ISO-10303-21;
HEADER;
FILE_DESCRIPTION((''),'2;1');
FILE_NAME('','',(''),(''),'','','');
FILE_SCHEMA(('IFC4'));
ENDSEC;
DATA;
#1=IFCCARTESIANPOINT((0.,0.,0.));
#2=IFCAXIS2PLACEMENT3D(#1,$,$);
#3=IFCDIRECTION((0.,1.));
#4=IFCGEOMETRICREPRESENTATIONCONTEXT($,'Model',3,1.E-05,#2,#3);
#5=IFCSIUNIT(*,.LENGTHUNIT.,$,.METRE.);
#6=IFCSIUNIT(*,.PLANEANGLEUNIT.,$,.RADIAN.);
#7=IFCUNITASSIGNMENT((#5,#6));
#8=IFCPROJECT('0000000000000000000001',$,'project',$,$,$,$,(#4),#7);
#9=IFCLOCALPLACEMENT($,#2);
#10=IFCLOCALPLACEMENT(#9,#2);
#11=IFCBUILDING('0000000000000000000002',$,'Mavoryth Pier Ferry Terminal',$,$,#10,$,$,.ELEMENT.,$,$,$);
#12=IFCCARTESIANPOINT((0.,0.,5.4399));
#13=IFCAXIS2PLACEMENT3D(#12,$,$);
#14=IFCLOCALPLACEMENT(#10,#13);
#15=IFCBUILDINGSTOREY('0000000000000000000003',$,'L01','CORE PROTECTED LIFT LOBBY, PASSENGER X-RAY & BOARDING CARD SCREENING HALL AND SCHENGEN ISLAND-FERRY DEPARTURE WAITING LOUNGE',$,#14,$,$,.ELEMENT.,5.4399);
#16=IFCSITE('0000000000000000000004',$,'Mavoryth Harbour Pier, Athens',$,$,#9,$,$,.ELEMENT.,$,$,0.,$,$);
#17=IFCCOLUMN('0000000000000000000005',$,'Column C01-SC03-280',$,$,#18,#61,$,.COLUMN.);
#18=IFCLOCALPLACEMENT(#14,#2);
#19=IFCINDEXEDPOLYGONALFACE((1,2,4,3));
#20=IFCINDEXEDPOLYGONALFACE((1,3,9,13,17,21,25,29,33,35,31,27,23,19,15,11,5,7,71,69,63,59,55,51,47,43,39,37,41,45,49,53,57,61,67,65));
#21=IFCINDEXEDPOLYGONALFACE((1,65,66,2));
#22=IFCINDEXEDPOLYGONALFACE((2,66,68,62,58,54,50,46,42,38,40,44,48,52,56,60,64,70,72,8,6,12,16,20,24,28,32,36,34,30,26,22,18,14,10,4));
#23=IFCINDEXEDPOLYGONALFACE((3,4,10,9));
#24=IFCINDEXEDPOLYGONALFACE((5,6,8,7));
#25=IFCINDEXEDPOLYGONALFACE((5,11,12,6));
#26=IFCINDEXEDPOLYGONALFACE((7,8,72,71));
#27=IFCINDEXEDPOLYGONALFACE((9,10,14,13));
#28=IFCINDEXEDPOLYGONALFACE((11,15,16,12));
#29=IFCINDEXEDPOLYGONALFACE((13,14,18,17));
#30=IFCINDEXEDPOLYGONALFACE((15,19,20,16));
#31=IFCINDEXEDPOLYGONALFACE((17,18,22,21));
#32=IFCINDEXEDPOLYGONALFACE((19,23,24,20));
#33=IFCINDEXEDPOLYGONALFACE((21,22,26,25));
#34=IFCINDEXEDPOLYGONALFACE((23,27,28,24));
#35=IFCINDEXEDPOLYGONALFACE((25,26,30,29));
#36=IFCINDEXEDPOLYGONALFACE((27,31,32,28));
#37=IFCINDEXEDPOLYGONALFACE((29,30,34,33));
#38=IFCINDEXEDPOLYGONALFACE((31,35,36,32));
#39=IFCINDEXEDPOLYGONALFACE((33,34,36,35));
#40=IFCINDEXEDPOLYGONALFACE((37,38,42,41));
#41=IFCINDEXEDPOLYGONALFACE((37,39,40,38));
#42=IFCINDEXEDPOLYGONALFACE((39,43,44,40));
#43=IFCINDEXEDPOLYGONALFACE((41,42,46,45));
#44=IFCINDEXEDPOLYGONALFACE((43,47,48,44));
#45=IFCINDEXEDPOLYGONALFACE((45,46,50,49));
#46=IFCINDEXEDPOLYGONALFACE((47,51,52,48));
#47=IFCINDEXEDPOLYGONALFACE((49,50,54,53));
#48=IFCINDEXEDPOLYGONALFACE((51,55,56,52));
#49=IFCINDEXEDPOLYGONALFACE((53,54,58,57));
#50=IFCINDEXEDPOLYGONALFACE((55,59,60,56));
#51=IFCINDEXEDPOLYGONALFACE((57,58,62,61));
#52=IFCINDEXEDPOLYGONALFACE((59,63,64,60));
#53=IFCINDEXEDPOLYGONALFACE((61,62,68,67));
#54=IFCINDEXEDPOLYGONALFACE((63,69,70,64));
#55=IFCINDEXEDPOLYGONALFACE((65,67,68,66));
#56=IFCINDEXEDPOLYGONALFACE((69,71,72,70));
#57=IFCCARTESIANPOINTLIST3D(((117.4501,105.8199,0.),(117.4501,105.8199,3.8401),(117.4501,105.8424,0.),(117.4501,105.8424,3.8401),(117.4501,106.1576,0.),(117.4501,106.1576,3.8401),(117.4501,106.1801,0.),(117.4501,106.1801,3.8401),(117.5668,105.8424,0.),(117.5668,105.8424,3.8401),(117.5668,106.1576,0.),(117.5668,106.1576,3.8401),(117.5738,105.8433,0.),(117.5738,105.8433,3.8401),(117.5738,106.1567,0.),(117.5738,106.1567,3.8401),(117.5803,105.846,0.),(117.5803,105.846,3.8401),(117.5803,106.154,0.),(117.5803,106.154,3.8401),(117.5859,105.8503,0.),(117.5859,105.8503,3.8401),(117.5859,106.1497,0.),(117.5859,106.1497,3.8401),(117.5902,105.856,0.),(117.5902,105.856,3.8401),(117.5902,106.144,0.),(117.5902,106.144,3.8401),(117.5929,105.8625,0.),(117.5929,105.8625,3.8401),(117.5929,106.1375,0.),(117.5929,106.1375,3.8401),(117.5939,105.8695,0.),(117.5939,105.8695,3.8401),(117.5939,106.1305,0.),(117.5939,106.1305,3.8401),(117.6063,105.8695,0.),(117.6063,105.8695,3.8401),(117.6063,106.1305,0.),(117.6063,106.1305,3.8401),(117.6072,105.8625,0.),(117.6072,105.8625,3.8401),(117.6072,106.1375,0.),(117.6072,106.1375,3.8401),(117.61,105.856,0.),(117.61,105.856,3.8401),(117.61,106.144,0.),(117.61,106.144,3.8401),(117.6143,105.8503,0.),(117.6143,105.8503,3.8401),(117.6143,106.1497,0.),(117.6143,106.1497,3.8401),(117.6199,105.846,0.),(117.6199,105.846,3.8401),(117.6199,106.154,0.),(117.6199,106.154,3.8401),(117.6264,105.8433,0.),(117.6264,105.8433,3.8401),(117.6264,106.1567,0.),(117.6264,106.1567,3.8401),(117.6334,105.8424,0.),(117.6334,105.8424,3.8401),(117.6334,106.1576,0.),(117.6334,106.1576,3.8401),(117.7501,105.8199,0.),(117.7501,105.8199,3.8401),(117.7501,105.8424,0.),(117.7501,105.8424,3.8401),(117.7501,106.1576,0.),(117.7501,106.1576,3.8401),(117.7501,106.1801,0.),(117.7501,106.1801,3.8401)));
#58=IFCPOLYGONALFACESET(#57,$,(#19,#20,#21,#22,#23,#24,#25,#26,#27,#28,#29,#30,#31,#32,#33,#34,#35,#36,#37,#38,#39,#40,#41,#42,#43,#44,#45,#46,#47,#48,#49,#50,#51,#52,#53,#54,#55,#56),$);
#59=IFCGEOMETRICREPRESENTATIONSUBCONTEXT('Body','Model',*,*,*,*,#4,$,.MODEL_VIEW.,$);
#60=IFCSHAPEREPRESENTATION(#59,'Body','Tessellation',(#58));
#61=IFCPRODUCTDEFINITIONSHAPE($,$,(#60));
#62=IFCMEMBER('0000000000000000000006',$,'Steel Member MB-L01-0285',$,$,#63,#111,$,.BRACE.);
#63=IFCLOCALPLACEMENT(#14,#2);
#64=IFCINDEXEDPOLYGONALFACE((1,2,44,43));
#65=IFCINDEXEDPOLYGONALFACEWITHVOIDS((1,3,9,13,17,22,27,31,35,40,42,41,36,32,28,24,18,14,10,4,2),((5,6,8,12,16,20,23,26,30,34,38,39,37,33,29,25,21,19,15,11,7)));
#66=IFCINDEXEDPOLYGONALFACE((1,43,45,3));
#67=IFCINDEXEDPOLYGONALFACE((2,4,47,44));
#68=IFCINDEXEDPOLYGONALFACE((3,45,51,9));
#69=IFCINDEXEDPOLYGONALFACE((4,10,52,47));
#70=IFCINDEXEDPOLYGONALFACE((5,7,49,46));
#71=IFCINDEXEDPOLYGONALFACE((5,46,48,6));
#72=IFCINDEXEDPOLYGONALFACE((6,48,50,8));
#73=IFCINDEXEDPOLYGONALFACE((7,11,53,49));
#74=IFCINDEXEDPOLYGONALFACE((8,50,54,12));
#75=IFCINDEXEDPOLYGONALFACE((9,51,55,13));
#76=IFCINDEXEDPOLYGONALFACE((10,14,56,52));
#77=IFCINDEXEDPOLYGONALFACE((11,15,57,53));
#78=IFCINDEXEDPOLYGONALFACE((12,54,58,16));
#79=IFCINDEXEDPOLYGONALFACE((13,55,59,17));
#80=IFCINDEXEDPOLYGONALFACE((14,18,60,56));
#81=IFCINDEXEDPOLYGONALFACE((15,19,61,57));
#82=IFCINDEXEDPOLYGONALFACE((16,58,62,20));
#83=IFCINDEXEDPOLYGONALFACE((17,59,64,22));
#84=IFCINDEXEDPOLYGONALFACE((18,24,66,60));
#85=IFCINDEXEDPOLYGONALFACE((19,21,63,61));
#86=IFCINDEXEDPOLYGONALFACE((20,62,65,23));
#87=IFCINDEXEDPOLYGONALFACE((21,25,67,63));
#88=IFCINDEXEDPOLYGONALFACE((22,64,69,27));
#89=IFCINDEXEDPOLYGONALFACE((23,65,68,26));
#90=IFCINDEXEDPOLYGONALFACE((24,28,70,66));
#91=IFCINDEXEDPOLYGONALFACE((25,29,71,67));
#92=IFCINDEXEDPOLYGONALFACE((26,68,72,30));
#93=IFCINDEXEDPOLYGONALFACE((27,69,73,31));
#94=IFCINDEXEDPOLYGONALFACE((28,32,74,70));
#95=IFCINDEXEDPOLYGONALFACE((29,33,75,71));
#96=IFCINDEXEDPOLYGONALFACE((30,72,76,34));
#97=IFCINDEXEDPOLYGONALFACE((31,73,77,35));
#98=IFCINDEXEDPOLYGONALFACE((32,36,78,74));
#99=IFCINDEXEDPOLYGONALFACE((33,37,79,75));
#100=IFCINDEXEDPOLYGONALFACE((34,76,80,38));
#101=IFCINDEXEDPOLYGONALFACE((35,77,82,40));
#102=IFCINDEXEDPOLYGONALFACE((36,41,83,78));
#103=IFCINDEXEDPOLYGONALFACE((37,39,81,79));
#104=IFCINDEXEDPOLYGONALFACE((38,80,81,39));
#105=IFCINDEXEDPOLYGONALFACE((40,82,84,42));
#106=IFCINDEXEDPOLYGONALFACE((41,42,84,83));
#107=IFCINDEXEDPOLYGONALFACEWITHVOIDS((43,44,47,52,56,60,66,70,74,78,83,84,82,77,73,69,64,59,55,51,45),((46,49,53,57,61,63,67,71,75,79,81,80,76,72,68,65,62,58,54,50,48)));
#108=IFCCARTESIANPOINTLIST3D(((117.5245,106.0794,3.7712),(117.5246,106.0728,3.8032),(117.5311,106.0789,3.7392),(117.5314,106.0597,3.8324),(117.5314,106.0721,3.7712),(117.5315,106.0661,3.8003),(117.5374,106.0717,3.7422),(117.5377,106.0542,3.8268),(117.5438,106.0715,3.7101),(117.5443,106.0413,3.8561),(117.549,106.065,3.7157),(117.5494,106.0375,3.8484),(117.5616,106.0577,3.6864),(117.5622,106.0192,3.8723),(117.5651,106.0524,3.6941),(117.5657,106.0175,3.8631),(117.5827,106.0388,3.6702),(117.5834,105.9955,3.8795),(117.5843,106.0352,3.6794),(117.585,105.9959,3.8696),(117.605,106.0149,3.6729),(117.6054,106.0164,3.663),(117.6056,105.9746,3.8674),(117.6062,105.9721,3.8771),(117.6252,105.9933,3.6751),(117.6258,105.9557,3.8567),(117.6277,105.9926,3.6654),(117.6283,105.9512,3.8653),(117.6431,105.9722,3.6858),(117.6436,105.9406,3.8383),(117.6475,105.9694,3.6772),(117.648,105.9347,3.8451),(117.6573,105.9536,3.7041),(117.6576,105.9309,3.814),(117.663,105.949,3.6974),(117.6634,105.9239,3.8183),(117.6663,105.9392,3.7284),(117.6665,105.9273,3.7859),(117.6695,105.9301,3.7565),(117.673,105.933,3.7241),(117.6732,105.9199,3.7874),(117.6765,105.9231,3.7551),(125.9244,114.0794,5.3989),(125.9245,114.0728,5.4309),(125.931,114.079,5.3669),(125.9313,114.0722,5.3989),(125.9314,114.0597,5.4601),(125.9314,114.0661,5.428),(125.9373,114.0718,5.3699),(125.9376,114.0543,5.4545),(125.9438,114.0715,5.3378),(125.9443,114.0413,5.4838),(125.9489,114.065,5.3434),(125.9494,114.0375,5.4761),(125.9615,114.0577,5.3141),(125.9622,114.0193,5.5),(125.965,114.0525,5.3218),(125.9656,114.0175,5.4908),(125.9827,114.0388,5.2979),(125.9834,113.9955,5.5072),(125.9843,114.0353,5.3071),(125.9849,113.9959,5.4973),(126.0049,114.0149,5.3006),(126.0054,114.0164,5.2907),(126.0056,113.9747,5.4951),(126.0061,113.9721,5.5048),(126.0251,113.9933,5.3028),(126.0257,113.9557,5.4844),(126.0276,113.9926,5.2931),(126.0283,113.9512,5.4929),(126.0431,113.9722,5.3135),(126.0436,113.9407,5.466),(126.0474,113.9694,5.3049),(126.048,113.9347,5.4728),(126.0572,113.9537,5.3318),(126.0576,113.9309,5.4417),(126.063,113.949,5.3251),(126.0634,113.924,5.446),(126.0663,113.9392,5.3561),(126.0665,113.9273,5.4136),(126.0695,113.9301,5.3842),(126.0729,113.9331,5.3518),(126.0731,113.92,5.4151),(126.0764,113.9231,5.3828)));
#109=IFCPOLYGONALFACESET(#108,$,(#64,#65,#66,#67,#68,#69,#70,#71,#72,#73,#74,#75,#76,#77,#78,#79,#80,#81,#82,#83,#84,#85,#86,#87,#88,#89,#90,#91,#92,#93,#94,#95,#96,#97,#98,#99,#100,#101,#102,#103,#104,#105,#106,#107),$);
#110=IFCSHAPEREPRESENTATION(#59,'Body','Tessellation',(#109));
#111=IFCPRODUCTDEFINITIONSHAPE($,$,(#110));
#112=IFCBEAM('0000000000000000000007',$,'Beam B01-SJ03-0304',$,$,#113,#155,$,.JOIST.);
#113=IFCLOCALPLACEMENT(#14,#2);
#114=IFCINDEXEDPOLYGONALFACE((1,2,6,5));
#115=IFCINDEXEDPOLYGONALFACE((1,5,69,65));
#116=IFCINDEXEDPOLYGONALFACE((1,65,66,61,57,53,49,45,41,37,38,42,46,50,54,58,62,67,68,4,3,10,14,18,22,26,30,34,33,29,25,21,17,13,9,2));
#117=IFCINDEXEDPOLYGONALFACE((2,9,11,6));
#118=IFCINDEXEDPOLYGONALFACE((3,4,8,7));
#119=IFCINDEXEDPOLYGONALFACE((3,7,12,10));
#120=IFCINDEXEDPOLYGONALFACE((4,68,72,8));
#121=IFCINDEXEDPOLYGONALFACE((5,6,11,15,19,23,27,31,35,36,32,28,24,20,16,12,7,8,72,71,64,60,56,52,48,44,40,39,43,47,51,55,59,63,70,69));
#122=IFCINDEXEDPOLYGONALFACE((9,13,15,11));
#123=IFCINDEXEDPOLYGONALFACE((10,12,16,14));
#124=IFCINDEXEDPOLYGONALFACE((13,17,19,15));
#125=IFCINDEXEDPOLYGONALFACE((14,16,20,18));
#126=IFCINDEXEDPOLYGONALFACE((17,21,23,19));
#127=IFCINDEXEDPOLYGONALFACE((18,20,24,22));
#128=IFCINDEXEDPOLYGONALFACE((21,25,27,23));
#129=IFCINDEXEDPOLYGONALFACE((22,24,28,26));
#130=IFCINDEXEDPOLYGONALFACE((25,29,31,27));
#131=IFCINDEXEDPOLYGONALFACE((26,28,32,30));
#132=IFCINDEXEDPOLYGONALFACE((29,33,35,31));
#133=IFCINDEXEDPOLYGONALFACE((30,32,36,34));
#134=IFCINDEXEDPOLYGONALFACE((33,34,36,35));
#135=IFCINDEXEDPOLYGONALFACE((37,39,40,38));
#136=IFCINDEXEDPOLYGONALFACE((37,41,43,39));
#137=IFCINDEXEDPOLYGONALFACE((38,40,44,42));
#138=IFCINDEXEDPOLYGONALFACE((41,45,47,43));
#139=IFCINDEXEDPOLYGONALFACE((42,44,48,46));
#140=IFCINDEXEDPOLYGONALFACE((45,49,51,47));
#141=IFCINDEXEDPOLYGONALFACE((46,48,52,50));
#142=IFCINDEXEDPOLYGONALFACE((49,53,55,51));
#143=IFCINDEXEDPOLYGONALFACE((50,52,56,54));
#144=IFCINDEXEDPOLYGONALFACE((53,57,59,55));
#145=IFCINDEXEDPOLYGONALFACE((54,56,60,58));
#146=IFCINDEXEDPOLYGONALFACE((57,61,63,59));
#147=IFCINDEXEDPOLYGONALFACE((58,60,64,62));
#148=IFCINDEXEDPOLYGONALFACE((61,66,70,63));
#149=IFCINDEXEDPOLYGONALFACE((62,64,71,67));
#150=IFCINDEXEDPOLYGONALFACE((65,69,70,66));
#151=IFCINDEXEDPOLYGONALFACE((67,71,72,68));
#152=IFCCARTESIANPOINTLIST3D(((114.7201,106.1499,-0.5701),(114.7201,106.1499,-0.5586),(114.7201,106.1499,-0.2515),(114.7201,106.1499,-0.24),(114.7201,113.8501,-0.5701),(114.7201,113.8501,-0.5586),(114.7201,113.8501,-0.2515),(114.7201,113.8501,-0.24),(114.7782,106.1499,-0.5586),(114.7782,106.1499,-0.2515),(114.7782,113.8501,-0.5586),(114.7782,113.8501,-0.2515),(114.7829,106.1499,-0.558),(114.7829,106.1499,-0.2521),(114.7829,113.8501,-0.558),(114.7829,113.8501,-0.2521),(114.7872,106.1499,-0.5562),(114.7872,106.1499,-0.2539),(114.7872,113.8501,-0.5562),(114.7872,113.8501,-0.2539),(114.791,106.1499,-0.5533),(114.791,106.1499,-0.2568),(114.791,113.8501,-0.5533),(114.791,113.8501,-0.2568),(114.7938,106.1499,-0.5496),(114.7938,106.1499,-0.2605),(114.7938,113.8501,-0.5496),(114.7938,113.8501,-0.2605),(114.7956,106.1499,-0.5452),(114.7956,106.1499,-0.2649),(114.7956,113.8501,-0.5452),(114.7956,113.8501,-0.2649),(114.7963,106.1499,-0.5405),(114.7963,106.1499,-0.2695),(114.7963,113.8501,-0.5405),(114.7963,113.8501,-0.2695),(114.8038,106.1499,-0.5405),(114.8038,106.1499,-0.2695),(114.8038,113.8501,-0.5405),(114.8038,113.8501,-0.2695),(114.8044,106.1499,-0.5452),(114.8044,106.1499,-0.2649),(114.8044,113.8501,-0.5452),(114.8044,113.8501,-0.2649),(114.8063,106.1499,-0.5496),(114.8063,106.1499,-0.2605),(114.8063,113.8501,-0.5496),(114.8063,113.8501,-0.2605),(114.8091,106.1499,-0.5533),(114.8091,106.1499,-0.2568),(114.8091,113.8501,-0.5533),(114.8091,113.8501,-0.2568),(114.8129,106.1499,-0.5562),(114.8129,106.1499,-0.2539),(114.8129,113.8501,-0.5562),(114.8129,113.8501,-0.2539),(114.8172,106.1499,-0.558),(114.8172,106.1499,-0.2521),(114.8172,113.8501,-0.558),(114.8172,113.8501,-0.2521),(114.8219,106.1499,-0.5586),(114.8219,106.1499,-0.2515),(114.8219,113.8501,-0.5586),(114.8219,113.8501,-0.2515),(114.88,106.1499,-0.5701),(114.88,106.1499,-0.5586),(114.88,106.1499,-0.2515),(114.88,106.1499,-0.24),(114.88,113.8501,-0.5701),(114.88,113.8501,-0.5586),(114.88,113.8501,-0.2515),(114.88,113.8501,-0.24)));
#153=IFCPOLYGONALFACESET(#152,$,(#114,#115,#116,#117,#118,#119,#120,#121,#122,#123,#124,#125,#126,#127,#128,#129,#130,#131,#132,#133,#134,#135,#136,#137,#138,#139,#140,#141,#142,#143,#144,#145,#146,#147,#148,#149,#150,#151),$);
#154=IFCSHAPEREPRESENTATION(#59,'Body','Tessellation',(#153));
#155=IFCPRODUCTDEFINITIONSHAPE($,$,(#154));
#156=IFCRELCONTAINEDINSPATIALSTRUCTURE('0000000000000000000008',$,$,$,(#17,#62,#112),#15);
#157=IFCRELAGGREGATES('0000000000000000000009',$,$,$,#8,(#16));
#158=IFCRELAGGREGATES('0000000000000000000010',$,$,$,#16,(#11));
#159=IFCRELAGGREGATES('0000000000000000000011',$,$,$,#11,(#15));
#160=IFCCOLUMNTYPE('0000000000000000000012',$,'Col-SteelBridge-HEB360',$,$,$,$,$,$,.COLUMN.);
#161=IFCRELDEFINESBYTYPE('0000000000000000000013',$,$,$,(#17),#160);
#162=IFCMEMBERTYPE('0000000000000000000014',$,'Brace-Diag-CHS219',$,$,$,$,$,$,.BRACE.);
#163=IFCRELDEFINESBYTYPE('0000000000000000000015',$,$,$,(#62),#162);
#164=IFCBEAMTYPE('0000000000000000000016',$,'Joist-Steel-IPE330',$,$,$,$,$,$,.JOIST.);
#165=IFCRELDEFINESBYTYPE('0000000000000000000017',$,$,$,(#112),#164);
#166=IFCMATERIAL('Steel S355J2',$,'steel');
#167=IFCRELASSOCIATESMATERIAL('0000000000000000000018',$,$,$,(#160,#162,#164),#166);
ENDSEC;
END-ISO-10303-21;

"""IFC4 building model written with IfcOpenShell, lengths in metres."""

from ifc_helpers import new_model, si_unit, direction, frame, origin, origin_2d, place, context, subcontext, project, spatial, hollow_circle, i_section, extrude, material, material_profile, profile_set, type_object, element, save


model = new_model("IFC4")

# Units and contexts
model_context = context("Model", 3, precision=1e-05, world=origin(), true_north=direction((0.0, 1.0)))
body_context = subcontext(model_context, "Body", "Model", "MODEL_VIEW")
ifc_project = project(units=[si_unit("LENGTHUNIT", "METRE"), si_unit("PLANEANGLEUNIT", "RADIAN")], contexts=[model_context])

# Site, building, storey
site_placement = place(None, origin())
site = spatial("IfcSite", under=ifc_project, at=site_placement, Name="Mavoryth Harbour Pier, Athens", CompositionType="ELEMENT", RefElevation=0.0)
building_placement = place(site_placement, origin())
building = spatial("IfcBuilding", under=site, at=building_placement, Name="Mavoryth Pier Ferry Terminal", CompositionType="ELEMENT")
storey_placement = place(building_placement, frame((0.0, 0.0, 5.4399)))
storey = spatial("IfcBuildingStorey", under=building, at=storey_placement, Name="L01", Description="CORE PROTECTED LIFT LOBBY, PASSENGER X-RAY & BOARDING CARD SCREENING HALL AND SCHENGEN ISLAND-FERRY DEPARTURE WAITING LOUNGE", CompositionType="ELEMENT", Elevation=5.4399)

# Column
ifc_material_1 = material(Name="Steel S355J2", Category="steel")
ifc_material_profile_1 = material_profile(ifc_material_1, i_section(OverallWidth=0.3, OverallDepth=0.3601, WebThickness=0.0125, FlangeThickness=0.0225, FilletRadius=0.0271, at=origin_2d()), Name="HEB 360", Category="steel")
ifc_profile_set_1 = profile_set([ifc_material_profile_1], Name="Steel S355J2 - HEB 360")
column_type = type_object("IfcColumnType", Name="Col-SteelBridge-HEB360", PredefinedType="COLUMN", material=ifc_profile_set_1)
column_placement = place(storey_placement, frame((117.6001, 106.0, 0.0), z_axis=(0.0, 0.0, 1.0), x_axis=(1.0, 0.0, 0.0)))
element("IfcColumn", 1, at=column_placement, inside=storey, type_object=column_type, Name="Column C01-SC03-280", PredefinedType="COLUMN", context=body_context, shape_type="SweptSolid", body=[
    extrude(i_section(OverallWidth=0.3, OverallDepth=0.3601, WebThickness=0.0125, FlangeThickness=0.0225, FilletRadius=0.0271, at=origin_2d()), origin(), (0.0, 0.0, 1.0), 3.8401),
])

# Member
ifc_material_profile_2 = material_profile(ifc_material_1, hollow_circle(Radius=0.1096, WallThickness=0.01, at=origin_2d()), Name="CHS 219.1x10.0", Category="steel")
ifc_profile_set_2 = profile_set([ifc_material_profile_2], Name="Steel S355J2 - CHS 219.1x10.0")
member_type_1 = type_object("IfcMemberType", Name="Brace-Diag-CHS219", PredefinedType="BRACE", material=ifc_profile_set_2)
member_1_placement = place(storey_placement, frame((117.6001, 106.0, 3.7712), z_axis=(0.717109, 0.682969, 0.138957), x_axis=(-0.689659, 0.724134, 0.0)))
element("IfcMember", 2, at=member_1_placement, inside=storey, type_object=member_type_1, Name="Steel Member MB-L01-0285", PredefinedType="BRACE", context=body_context, shape_type="SweptSolid", body=[
    extrude(hollow_circle(Radius=0.1096, WallThickness=0.01, at=origin_2d()), origin(), (0.0, 0.0, 1.0), 11.7136),
])

# Beam
ifc_material_profile_3 = material_profile(ifc_material_1, i_section(OverallWidth=0.1599, OverallDepth=0.3301, WebThickness=0.0076, FlangeThickness=0.0115, FilletRadius=0.0181, at=origin_2d()), Name="IPE 330", Category="steel")
ifc_profile_set_3 = profile_set([ifc_material_profile_3], Name="Steel S355J2 - IPE 330")
beam_type_1 = type_object("IfcBeamType", Name="Joist-Steel-IPE330", PredefinedType="JOIST", material=ifc_profile_set_3)
beam_1_placement = place(storey_placement, frame((114.8, 106.1499, -0.405), z_axis=(0.0, 1.0, 0.0), x_axis=(-1.0, 0.0, 0.0)))
element("IfcBeam", 3, at=beam_1_placement, inside=storey, type_object=beam_type_1, Name="Beam B01-SJ03-0304", PredefinedType="JOIST", context=body_context, shape_type="SweptSolid", body=[
    extrude(i_section(OverallWidth=0.1599, OverallDepth=0.3301, WebThickness=0.0076, FlangeThickness=0.0115, FilletRadius=0.0181, at=origin_2d()), origin(), (0.0, 0.0, 1.0), 7.7002),
])

save(model, "model.ifc")
